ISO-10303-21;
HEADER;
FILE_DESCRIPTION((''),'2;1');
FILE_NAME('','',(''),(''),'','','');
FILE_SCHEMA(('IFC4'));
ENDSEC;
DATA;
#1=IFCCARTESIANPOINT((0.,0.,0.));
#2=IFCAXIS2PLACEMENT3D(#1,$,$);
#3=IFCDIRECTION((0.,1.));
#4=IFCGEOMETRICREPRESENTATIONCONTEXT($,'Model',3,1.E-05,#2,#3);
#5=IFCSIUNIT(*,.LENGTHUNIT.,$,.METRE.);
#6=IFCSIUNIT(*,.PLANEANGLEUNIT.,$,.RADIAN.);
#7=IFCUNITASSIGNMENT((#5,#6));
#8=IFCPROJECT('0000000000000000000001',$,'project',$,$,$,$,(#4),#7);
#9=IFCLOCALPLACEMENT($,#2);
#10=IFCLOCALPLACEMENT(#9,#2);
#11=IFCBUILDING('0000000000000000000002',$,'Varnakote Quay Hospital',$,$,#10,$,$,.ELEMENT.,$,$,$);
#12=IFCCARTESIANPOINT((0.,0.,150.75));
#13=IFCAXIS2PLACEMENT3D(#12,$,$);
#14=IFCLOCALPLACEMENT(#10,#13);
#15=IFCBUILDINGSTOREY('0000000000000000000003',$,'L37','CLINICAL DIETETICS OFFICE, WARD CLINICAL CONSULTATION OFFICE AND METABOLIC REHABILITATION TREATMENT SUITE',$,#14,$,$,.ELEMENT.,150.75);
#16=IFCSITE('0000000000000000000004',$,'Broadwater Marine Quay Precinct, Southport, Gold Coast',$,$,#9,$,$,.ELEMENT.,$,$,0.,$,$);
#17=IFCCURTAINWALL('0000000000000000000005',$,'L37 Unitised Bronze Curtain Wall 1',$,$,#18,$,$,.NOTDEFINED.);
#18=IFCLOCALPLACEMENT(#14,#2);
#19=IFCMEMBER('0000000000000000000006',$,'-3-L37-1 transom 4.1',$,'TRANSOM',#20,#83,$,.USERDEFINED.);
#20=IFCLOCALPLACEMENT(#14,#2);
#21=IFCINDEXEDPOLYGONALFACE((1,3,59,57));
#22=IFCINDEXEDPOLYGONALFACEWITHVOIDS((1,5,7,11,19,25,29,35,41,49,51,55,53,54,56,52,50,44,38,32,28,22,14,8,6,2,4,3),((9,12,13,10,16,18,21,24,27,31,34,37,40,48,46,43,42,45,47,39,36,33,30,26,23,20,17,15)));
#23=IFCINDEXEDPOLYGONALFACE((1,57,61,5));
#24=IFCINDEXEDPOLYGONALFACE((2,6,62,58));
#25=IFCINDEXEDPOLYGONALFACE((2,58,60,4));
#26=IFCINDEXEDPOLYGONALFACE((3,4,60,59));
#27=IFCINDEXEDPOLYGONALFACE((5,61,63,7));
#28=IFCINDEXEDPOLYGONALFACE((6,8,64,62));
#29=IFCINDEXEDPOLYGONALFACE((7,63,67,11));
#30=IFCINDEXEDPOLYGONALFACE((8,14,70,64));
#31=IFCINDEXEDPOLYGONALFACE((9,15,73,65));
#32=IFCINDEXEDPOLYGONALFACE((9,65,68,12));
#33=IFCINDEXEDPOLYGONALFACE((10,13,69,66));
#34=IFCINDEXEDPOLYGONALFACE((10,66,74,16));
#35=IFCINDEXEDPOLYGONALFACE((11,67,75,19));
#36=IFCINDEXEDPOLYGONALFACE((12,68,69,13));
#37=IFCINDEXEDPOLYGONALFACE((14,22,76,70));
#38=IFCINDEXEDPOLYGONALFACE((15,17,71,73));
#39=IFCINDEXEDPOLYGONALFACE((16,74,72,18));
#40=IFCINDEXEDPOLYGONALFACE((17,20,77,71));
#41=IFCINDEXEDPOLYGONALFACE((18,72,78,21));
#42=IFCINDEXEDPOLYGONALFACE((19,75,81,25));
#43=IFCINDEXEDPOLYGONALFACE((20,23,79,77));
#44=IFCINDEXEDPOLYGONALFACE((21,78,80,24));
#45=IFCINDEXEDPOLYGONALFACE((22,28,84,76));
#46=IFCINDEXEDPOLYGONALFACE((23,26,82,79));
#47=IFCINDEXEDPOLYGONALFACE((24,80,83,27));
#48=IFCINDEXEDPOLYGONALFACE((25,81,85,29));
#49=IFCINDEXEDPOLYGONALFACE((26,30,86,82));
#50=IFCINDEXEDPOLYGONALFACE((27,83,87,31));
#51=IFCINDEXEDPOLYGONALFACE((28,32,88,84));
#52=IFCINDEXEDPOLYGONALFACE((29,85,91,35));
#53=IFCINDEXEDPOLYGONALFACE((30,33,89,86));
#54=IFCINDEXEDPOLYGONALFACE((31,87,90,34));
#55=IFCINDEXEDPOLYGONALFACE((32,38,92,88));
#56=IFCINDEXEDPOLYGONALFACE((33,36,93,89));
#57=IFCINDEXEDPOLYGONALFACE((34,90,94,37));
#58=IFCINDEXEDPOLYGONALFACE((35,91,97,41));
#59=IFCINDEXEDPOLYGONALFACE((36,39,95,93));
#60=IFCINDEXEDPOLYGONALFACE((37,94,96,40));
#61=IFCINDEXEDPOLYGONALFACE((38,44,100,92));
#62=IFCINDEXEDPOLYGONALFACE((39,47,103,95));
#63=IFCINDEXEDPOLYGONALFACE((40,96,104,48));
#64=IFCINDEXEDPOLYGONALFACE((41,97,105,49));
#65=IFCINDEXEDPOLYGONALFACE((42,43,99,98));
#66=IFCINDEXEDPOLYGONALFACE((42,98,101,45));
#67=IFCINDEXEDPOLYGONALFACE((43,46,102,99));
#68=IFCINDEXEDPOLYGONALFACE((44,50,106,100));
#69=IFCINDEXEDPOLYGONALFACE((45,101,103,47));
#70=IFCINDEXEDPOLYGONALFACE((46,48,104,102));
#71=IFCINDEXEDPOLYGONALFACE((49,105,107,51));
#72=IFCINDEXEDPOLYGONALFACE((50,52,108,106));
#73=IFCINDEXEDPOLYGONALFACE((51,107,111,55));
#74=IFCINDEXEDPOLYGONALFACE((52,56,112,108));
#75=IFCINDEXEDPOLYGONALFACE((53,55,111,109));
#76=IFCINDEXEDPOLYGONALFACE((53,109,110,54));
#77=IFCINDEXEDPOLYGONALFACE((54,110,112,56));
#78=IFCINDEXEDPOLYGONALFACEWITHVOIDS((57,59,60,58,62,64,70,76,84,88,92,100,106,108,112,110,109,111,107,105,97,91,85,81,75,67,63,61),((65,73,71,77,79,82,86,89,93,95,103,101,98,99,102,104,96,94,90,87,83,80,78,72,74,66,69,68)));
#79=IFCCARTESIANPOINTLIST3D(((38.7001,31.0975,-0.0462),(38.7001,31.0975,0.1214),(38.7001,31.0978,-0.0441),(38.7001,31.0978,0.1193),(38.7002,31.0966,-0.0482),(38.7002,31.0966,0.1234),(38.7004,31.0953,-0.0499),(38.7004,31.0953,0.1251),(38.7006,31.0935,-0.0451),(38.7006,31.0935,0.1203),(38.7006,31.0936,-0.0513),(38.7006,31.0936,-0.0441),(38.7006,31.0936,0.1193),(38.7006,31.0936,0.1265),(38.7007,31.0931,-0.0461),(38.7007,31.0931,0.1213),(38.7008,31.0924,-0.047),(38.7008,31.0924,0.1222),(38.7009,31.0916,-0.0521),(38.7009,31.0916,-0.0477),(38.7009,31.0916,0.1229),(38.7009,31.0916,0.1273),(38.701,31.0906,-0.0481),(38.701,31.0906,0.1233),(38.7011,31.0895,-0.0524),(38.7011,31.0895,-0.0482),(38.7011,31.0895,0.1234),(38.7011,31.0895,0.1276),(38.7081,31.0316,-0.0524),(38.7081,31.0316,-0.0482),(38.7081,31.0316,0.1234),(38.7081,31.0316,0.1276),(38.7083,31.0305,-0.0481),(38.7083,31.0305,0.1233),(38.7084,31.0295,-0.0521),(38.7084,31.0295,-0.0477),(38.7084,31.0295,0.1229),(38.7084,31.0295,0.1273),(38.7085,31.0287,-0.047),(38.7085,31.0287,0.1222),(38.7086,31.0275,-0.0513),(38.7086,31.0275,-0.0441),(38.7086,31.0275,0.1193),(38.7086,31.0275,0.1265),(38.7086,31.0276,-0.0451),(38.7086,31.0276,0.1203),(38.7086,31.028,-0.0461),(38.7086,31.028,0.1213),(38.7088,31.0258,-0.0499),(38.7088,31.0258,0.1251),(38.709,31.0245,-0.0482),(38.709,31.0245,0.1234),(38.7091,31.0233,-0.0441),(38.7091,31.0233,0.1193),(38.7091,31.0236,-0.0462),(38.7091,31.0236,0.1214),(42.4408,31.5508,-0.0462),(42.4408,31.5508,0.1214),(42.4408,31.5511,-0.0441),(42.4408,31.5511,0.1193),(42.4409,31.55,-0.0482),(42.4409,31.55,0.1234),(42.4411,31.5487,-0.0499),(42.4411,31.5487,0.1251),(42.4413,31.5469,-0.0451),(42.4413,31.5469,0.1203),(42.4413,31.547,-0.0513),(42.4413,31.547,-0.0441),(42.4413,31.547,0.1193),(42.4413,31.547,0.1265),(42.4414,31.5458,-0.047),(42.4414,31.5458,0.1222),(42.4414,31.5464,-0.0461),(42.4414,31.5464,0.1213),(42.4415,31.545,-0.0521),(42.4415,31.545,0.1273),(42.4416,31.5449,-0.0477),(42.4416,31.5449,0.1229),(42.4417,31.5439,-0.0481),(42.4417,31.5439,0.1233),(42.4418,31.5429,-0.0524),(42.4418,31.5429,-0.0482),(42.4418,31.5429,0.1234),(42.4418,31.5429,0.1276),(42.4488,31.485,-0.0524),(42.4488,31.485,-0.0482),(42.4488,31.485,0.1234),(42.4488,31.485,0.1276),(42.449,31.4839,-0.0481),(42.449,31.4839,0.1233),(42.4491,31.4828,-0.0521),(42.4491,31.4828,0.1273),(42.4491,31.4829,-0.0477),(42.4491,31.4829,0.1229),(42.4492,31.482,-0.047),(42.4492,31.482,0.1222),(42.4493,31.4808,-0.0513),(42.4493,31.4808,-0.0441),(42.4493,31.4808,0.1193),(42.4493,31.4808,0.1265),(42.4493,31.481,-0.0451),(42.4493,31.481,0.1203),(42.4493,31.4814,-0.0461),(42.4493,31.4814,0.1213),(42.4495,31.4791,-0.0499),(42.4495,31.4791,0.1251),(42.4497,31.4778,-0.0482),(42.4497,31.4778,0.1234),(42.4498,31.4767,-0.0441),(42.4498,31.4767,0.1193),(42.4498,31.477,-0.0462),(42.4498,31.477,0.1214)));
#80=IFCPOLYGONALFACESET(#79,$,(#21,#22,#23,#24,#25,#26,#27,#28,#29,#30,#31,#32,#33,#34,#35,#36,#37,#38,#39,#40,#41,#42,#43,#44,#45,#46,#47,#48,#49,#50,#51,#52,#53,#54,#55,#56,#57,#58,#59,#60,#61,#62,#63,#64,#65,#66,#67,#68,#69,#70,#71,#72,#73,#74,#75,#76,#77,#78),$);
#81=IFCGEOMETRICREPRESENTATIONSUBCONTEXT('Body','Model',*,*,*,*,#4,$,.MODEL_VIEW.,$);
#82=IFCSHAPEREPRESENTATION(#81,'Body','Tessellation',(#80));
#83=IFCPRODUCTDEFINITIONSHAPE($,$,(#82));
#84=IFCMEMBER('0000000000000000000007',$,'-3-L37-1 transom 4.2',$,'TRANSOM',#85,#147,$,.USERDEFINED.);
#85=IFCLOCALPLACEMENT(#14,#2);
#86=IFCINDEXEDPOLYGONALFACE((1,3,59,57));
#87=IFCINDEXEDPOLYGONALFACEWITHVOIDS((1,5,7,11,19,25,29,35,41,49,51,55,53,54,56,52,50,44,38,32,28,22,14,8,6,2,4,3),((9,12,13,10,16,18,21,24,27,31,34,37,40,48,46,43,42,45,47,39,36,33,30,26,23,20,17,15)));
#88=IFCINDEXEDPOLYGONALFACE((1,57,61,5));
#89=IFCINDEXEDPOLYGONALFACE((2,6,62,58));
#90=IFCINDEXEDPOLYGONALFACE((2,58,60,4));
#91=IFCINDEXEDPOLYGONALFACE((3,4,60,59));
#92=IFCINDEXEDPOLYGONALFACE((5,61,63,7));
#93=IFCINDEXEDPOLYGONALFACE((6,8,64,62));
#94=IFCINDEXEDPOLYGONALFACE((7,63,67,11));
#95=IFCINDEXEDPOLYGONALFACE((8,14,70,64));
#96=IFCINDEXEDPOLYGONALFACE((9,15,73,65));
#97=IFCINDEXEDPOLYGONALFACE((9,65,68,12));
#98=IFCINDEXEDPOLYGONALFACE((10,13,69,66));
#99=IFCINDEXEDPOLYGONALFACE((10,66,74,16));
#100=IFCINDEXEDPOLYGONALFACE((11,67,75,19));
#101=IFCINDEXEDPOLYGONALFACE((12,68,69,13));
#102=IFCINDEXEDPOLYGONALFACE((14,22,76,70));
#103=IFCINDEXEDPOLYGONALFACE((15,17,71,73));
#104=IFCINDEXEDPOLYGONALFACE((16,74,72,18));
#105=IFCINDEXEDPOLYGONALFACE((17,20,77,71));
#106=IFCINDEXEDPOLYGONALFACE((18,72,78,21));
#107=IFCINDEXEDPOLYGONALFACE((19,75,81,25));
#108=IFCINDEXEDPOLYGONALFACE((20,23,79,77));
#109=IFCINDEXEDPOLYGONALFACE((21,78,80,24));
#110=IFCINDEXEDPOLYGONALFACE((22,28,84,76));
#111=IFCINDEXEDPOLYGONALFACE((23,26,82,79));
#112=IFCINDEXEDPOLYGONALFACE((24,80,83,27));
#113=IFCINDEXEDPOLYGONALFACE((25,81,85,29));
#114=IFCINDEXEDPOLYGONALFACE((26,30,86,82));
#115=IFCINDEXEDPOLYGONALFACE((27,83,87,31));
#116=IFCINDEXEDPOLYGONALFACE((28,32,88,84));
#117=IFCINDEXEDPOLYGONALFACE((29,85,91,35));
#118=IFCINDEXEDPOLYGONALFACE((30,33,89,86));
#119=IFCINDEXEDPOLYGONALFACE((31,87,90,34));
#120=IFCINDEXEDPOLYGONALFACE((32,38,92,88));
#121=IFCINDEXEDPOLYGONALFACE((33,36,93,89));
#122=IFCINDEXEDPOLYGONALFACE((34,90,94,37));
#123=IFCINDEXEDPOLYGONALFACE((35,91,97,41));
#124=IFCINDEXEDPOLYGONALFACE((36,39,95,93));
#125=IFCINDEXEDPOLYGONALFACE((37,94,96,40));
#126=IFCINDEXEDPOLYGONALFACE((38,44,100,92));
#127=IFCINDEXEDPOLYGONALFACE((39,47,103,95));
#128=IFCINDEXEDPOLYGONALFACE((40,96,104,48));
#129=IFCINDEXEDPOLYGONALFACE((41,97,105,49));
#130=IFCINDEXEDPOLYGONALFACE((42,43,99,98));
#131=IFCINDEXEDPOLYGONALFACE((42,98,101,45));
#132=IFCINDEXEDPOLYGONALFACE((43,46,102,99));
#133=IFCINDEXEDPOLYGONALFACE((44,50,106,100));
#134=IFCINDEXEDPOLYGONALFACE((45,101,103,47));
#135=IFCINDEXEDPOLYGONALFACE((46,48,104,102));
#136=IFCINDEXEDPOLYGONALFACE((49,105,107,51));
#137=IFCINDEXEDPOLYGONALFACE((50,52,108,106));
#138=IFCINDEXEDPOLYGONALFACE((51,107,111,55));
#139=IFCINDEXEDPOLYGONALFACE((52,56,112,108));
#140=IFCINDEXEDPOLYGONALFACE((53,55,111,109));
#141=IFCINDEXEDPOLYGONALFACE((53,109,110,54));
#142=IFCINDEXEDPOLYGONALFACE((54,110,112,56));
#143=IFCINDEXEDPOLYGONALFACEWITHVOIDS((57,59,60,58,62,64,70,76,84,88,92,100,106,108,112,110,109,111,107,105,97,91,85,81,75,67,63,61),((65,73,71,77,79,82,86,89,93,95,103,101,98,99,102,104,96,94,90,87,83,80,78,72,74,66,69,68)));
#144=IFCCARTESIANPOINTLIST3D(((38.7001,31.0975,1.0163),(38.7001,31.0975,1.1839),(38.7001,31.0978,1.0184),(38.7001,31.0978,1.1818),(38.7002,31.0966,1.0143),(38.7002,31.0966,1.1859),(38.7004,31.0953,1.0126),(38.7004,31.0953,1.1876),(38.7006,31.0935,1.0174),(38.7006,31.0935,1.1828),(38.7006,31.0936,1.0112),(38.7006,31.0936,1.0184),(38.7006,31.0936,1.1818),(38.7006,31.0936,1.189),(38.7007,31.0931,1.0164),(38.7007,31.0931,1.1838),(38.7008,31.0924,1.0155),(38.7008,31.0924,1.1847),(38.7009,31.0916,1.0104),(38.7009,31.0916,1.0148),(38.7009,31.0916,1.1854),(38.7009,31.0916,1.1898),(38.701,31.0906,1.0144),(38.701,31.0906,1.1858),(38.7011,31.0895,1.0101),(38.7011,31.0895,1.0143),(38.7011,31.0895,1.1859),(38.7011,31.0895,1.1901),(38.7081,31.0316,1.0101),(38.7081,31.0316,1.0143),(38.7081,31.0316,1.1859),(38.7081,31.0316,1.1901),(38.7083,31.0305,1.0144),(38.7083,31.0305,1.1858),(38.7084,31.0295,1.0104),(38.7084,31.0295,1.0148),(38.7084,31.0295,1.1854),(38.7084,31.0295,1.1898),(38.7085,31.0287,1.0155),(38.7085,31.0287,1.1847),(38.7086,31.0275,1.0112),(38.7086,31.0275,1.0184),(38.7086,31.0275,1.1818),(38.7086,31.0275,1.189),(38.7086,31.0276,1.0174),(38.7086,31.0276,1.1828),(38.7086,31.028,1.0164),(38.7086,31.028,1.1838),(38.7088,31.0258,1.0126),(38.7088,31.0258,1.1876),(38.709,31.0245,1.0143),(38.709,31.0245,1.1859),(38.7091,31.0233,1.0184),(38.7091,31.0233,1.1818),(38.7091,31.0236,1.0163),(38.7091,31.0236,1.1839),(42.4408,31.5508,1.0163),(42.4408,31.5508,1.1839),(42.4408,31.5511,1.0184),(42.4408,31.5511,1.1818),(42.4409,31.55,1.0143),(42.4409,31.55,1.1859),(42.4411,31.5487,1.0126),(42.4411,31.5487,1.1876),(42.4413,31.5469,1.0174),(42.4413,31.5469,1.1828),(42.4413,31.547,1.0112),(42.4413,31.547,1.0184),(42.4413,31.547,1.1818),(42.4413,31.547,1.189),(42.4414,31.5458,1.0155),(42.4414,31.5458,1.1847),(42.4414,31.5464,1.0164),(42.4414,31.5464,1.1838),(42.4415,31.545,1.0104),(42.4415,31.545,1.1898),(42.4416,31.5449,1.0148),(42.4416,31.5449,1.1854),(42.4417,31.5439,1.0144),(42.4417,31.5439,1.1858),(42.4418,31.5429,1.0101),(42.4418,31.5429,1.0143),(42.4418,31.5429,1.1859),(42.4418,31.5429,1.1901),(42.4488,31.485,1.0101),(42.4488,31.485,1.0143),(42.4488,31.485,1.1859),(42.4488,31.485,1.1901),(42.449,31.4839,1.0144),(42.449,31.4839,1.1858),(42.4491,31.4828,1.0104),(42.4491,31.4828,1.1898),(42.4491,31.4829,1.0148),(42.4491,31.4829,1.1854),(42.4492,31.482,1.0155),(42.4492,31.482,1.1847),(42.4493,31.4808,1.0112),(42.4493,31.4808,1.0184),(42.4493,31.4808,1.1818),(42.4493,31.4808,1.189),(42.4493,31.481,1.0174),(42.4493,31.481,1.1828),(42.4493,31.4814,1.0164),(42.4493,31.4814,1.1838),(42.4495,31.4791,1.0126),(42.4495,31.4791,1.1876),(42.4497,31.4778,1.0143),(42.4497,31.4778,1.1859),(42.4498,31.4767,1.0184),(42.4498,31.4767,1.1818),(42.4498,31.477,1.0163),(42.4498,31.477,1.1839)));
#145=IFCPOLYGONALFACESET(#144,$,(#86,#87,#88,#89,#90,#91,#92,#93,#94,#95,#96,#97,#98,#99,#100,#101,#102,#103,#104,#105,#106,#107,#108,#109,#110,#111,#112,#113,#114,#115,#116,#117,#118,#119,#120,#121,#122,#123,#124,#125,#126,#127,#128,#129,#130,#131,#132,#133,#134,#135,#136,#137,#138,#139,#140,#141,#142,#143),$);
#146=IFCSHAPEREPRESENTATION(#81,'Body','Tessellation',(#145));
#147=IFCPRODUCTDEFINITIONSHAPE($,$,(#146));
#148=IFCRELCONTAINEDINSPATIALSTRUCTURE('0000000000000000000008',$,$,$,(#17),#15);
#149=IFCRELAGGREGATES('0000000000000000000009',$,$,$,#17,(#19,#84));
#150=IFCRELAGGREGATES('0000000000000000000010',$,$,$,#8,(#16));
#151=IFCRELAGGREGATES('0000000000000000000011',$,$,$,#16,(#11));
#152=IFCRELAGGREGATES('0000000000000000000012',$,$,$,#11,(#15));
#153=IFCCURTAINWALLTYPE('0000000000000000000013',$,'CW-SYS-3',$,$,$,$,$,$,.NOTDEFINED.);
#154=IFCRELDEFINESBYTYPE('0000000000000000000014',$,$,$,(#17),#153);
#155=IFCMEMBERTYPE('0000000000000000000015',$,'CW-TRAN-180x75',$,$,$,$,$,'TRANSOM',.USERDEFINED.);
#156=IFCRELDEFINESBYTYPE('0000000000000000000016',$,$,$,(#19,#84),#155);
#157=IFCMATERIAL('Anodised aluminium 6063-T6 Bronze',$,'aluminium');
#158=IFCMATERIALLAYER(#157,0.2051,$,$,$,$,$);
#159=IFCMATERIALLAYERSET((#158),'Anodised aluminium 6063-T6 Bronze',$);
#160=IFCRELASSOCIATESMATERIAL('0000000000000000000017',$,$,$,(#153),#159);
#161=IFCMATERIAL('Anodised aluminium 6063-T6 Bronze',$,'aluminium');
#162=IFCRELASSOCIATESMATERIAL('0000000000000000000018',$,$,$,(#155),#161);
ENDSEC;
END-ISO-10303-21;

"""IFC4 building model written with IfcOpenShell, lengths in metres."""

from ifc_helpers import new_model, si_unit, direction, frame, origin, origin_2d, place, context, subcontext, project, spatial, hollow_rectangle, extrude, material, layer, layer_set, material_profile, profile_set, type_object, element, aggregate, save


model = new_model("IFC4")

# Units and contexts
model_context = context("Model", 3, precision=1e-05, world=origin(), true_north=direction((0.0, 1.0)))
body_context = subcontext(model_context, "Body", "Model", "MODEL_VIEW")
ifc_project = project(units=[si_unit("LENGTHUNIT", "METRE"), si_unit("PLANEANGLEUNIT", "RADIAN")], contexts=[model_context])

# Site, building, storey
site_placement = place(None, origin())
site = spatial("IfcSite", under=ifc_project, at=site_placement, Name="Broadwater Marine Quay Precinct, Southport, Gold Coast", CompositionType="ELEMENT", RefElevation=0.0)
building_placement = place(site_placement, origin())
building = spatial("IfcBuilding", under=site, at=building_placement, Name="Varnakote Quay Hospital", CompositionType="ELEMENT")
storey_placement = place(building_placement, frame((0.0, 0.0, 150.75)))
storey = spatial("IfcBuildingStorey", under=building, at=storey_placement, Name="L37", Description="CLINICAL DIETETICS OFFICE, WARD CLINICAL CONSULTATION OFFICE AND METABOLIC REHABILITATION TREATMENT SUITE", CompositionType="ELEMENT", Elevation=150.75)

# Curtain wall, members
ifc_material_1 = material(Name="Anodised aluminium 6063-T6 Bronze", Category="aluminium")
ifc_layer_1 = layer(ifc_material_1, 0.2051)
ifc_layer_set_1 = layer_set([ifc_layer_1], Name="Anodised aluminium 6063-T6 Bronze")
curtain_wall_type = type_object("IfcCurtainWallType", Name="CW-SYS-3", PredefinedType="NOTDEFINED", material=ifc_layer_set_1)
curtain_wall_placement = place(storey_placement, origin())
curtain_wall = element("IfcCurtainWall", 1, at=curtain_wall_placement, inside=storey, type_object=curtain_wall_type, Name="L37 Unitised Bronze Curtain Wall 1", PredefinedType="NOTDEFINED")
ifc_material_2 = material(Name="Anodised aluminium 6063-T6 Bronze", Category="aluminium")
ifc_material_profile_1 = material_profile(ifc_material_2, hollow_rectangle(XDim=0.075, YDim=0.1799, WallThickness=0.0042, InnerFilletRadius=0.0042, OuterFilletRadius=0.0083, at=origin_2d()), Name="CW-TRAN-180x75")
ifc_profile_set_1 = profile_set([ifc_material_profile_1], Name="Anodised aluminium 6063-T6 Bronze")
member_type_1 = type_object("IfcMemberType", Name="CW-TRAN-180x75", ElementType="TRANSOM", PredefinedType="USERDEFINED", material=ifc_profile_set_1)
member_1_placement = place(storey_placement, frame((42.4453, 31.5139, 0.0376), z_axis=(-0.992735, -0.120318, 0.0), x_axis=(0.120318, -0.992735, 0.0)))
member_1 = element("IfcMember", 2, at=member_1_placement, type_object=member_type_1, Name="-3-L37-1 transom 4.1", ObjectType="TRANSOM", PredefinedType="USERDEFINED", context=body_context, shape_type="SweptSolid", body=[
    extrude(hollow_rectangle(XDim=0.075, YDim=0.1799, WallThickness=0.0042, InnerFilletRadius=0.0042, OuterFilletRadius=0.0083, at=origin_2d()), origin(), (0.0, 0.0, 1.0), 3.7681),
])
member_2_placement = place(storey_placement, frame((42.4453, 31.5139, 1.1001), z_axis=(-0.992735, -0.120318, 0.0), x_axis=(0.120318, -0.992735, 0.0)))
member_2 = element("IfcMember", 3, at=member_2_placement, type_object=member_type_1, Name="-3-L37-1 transom 4.2", ObjectType="TRANSOM", PredefinedType="USERDEFINED", context=body_context, shape_type="SweptSolid", body=[
    extrude(hollow_rectangle(XDim=0.075, YDim=0.1799, WallThickness=0.0042, InnerFilletRadius=0.0042, OuterFilletRadius=0.0083, at=origin_2d()), origin(), (0.0, 0.0, 1.0), 3.7681),
])

aggregate(curtain_wall, [member_1, member_2])

save(model, "model.ifc")
